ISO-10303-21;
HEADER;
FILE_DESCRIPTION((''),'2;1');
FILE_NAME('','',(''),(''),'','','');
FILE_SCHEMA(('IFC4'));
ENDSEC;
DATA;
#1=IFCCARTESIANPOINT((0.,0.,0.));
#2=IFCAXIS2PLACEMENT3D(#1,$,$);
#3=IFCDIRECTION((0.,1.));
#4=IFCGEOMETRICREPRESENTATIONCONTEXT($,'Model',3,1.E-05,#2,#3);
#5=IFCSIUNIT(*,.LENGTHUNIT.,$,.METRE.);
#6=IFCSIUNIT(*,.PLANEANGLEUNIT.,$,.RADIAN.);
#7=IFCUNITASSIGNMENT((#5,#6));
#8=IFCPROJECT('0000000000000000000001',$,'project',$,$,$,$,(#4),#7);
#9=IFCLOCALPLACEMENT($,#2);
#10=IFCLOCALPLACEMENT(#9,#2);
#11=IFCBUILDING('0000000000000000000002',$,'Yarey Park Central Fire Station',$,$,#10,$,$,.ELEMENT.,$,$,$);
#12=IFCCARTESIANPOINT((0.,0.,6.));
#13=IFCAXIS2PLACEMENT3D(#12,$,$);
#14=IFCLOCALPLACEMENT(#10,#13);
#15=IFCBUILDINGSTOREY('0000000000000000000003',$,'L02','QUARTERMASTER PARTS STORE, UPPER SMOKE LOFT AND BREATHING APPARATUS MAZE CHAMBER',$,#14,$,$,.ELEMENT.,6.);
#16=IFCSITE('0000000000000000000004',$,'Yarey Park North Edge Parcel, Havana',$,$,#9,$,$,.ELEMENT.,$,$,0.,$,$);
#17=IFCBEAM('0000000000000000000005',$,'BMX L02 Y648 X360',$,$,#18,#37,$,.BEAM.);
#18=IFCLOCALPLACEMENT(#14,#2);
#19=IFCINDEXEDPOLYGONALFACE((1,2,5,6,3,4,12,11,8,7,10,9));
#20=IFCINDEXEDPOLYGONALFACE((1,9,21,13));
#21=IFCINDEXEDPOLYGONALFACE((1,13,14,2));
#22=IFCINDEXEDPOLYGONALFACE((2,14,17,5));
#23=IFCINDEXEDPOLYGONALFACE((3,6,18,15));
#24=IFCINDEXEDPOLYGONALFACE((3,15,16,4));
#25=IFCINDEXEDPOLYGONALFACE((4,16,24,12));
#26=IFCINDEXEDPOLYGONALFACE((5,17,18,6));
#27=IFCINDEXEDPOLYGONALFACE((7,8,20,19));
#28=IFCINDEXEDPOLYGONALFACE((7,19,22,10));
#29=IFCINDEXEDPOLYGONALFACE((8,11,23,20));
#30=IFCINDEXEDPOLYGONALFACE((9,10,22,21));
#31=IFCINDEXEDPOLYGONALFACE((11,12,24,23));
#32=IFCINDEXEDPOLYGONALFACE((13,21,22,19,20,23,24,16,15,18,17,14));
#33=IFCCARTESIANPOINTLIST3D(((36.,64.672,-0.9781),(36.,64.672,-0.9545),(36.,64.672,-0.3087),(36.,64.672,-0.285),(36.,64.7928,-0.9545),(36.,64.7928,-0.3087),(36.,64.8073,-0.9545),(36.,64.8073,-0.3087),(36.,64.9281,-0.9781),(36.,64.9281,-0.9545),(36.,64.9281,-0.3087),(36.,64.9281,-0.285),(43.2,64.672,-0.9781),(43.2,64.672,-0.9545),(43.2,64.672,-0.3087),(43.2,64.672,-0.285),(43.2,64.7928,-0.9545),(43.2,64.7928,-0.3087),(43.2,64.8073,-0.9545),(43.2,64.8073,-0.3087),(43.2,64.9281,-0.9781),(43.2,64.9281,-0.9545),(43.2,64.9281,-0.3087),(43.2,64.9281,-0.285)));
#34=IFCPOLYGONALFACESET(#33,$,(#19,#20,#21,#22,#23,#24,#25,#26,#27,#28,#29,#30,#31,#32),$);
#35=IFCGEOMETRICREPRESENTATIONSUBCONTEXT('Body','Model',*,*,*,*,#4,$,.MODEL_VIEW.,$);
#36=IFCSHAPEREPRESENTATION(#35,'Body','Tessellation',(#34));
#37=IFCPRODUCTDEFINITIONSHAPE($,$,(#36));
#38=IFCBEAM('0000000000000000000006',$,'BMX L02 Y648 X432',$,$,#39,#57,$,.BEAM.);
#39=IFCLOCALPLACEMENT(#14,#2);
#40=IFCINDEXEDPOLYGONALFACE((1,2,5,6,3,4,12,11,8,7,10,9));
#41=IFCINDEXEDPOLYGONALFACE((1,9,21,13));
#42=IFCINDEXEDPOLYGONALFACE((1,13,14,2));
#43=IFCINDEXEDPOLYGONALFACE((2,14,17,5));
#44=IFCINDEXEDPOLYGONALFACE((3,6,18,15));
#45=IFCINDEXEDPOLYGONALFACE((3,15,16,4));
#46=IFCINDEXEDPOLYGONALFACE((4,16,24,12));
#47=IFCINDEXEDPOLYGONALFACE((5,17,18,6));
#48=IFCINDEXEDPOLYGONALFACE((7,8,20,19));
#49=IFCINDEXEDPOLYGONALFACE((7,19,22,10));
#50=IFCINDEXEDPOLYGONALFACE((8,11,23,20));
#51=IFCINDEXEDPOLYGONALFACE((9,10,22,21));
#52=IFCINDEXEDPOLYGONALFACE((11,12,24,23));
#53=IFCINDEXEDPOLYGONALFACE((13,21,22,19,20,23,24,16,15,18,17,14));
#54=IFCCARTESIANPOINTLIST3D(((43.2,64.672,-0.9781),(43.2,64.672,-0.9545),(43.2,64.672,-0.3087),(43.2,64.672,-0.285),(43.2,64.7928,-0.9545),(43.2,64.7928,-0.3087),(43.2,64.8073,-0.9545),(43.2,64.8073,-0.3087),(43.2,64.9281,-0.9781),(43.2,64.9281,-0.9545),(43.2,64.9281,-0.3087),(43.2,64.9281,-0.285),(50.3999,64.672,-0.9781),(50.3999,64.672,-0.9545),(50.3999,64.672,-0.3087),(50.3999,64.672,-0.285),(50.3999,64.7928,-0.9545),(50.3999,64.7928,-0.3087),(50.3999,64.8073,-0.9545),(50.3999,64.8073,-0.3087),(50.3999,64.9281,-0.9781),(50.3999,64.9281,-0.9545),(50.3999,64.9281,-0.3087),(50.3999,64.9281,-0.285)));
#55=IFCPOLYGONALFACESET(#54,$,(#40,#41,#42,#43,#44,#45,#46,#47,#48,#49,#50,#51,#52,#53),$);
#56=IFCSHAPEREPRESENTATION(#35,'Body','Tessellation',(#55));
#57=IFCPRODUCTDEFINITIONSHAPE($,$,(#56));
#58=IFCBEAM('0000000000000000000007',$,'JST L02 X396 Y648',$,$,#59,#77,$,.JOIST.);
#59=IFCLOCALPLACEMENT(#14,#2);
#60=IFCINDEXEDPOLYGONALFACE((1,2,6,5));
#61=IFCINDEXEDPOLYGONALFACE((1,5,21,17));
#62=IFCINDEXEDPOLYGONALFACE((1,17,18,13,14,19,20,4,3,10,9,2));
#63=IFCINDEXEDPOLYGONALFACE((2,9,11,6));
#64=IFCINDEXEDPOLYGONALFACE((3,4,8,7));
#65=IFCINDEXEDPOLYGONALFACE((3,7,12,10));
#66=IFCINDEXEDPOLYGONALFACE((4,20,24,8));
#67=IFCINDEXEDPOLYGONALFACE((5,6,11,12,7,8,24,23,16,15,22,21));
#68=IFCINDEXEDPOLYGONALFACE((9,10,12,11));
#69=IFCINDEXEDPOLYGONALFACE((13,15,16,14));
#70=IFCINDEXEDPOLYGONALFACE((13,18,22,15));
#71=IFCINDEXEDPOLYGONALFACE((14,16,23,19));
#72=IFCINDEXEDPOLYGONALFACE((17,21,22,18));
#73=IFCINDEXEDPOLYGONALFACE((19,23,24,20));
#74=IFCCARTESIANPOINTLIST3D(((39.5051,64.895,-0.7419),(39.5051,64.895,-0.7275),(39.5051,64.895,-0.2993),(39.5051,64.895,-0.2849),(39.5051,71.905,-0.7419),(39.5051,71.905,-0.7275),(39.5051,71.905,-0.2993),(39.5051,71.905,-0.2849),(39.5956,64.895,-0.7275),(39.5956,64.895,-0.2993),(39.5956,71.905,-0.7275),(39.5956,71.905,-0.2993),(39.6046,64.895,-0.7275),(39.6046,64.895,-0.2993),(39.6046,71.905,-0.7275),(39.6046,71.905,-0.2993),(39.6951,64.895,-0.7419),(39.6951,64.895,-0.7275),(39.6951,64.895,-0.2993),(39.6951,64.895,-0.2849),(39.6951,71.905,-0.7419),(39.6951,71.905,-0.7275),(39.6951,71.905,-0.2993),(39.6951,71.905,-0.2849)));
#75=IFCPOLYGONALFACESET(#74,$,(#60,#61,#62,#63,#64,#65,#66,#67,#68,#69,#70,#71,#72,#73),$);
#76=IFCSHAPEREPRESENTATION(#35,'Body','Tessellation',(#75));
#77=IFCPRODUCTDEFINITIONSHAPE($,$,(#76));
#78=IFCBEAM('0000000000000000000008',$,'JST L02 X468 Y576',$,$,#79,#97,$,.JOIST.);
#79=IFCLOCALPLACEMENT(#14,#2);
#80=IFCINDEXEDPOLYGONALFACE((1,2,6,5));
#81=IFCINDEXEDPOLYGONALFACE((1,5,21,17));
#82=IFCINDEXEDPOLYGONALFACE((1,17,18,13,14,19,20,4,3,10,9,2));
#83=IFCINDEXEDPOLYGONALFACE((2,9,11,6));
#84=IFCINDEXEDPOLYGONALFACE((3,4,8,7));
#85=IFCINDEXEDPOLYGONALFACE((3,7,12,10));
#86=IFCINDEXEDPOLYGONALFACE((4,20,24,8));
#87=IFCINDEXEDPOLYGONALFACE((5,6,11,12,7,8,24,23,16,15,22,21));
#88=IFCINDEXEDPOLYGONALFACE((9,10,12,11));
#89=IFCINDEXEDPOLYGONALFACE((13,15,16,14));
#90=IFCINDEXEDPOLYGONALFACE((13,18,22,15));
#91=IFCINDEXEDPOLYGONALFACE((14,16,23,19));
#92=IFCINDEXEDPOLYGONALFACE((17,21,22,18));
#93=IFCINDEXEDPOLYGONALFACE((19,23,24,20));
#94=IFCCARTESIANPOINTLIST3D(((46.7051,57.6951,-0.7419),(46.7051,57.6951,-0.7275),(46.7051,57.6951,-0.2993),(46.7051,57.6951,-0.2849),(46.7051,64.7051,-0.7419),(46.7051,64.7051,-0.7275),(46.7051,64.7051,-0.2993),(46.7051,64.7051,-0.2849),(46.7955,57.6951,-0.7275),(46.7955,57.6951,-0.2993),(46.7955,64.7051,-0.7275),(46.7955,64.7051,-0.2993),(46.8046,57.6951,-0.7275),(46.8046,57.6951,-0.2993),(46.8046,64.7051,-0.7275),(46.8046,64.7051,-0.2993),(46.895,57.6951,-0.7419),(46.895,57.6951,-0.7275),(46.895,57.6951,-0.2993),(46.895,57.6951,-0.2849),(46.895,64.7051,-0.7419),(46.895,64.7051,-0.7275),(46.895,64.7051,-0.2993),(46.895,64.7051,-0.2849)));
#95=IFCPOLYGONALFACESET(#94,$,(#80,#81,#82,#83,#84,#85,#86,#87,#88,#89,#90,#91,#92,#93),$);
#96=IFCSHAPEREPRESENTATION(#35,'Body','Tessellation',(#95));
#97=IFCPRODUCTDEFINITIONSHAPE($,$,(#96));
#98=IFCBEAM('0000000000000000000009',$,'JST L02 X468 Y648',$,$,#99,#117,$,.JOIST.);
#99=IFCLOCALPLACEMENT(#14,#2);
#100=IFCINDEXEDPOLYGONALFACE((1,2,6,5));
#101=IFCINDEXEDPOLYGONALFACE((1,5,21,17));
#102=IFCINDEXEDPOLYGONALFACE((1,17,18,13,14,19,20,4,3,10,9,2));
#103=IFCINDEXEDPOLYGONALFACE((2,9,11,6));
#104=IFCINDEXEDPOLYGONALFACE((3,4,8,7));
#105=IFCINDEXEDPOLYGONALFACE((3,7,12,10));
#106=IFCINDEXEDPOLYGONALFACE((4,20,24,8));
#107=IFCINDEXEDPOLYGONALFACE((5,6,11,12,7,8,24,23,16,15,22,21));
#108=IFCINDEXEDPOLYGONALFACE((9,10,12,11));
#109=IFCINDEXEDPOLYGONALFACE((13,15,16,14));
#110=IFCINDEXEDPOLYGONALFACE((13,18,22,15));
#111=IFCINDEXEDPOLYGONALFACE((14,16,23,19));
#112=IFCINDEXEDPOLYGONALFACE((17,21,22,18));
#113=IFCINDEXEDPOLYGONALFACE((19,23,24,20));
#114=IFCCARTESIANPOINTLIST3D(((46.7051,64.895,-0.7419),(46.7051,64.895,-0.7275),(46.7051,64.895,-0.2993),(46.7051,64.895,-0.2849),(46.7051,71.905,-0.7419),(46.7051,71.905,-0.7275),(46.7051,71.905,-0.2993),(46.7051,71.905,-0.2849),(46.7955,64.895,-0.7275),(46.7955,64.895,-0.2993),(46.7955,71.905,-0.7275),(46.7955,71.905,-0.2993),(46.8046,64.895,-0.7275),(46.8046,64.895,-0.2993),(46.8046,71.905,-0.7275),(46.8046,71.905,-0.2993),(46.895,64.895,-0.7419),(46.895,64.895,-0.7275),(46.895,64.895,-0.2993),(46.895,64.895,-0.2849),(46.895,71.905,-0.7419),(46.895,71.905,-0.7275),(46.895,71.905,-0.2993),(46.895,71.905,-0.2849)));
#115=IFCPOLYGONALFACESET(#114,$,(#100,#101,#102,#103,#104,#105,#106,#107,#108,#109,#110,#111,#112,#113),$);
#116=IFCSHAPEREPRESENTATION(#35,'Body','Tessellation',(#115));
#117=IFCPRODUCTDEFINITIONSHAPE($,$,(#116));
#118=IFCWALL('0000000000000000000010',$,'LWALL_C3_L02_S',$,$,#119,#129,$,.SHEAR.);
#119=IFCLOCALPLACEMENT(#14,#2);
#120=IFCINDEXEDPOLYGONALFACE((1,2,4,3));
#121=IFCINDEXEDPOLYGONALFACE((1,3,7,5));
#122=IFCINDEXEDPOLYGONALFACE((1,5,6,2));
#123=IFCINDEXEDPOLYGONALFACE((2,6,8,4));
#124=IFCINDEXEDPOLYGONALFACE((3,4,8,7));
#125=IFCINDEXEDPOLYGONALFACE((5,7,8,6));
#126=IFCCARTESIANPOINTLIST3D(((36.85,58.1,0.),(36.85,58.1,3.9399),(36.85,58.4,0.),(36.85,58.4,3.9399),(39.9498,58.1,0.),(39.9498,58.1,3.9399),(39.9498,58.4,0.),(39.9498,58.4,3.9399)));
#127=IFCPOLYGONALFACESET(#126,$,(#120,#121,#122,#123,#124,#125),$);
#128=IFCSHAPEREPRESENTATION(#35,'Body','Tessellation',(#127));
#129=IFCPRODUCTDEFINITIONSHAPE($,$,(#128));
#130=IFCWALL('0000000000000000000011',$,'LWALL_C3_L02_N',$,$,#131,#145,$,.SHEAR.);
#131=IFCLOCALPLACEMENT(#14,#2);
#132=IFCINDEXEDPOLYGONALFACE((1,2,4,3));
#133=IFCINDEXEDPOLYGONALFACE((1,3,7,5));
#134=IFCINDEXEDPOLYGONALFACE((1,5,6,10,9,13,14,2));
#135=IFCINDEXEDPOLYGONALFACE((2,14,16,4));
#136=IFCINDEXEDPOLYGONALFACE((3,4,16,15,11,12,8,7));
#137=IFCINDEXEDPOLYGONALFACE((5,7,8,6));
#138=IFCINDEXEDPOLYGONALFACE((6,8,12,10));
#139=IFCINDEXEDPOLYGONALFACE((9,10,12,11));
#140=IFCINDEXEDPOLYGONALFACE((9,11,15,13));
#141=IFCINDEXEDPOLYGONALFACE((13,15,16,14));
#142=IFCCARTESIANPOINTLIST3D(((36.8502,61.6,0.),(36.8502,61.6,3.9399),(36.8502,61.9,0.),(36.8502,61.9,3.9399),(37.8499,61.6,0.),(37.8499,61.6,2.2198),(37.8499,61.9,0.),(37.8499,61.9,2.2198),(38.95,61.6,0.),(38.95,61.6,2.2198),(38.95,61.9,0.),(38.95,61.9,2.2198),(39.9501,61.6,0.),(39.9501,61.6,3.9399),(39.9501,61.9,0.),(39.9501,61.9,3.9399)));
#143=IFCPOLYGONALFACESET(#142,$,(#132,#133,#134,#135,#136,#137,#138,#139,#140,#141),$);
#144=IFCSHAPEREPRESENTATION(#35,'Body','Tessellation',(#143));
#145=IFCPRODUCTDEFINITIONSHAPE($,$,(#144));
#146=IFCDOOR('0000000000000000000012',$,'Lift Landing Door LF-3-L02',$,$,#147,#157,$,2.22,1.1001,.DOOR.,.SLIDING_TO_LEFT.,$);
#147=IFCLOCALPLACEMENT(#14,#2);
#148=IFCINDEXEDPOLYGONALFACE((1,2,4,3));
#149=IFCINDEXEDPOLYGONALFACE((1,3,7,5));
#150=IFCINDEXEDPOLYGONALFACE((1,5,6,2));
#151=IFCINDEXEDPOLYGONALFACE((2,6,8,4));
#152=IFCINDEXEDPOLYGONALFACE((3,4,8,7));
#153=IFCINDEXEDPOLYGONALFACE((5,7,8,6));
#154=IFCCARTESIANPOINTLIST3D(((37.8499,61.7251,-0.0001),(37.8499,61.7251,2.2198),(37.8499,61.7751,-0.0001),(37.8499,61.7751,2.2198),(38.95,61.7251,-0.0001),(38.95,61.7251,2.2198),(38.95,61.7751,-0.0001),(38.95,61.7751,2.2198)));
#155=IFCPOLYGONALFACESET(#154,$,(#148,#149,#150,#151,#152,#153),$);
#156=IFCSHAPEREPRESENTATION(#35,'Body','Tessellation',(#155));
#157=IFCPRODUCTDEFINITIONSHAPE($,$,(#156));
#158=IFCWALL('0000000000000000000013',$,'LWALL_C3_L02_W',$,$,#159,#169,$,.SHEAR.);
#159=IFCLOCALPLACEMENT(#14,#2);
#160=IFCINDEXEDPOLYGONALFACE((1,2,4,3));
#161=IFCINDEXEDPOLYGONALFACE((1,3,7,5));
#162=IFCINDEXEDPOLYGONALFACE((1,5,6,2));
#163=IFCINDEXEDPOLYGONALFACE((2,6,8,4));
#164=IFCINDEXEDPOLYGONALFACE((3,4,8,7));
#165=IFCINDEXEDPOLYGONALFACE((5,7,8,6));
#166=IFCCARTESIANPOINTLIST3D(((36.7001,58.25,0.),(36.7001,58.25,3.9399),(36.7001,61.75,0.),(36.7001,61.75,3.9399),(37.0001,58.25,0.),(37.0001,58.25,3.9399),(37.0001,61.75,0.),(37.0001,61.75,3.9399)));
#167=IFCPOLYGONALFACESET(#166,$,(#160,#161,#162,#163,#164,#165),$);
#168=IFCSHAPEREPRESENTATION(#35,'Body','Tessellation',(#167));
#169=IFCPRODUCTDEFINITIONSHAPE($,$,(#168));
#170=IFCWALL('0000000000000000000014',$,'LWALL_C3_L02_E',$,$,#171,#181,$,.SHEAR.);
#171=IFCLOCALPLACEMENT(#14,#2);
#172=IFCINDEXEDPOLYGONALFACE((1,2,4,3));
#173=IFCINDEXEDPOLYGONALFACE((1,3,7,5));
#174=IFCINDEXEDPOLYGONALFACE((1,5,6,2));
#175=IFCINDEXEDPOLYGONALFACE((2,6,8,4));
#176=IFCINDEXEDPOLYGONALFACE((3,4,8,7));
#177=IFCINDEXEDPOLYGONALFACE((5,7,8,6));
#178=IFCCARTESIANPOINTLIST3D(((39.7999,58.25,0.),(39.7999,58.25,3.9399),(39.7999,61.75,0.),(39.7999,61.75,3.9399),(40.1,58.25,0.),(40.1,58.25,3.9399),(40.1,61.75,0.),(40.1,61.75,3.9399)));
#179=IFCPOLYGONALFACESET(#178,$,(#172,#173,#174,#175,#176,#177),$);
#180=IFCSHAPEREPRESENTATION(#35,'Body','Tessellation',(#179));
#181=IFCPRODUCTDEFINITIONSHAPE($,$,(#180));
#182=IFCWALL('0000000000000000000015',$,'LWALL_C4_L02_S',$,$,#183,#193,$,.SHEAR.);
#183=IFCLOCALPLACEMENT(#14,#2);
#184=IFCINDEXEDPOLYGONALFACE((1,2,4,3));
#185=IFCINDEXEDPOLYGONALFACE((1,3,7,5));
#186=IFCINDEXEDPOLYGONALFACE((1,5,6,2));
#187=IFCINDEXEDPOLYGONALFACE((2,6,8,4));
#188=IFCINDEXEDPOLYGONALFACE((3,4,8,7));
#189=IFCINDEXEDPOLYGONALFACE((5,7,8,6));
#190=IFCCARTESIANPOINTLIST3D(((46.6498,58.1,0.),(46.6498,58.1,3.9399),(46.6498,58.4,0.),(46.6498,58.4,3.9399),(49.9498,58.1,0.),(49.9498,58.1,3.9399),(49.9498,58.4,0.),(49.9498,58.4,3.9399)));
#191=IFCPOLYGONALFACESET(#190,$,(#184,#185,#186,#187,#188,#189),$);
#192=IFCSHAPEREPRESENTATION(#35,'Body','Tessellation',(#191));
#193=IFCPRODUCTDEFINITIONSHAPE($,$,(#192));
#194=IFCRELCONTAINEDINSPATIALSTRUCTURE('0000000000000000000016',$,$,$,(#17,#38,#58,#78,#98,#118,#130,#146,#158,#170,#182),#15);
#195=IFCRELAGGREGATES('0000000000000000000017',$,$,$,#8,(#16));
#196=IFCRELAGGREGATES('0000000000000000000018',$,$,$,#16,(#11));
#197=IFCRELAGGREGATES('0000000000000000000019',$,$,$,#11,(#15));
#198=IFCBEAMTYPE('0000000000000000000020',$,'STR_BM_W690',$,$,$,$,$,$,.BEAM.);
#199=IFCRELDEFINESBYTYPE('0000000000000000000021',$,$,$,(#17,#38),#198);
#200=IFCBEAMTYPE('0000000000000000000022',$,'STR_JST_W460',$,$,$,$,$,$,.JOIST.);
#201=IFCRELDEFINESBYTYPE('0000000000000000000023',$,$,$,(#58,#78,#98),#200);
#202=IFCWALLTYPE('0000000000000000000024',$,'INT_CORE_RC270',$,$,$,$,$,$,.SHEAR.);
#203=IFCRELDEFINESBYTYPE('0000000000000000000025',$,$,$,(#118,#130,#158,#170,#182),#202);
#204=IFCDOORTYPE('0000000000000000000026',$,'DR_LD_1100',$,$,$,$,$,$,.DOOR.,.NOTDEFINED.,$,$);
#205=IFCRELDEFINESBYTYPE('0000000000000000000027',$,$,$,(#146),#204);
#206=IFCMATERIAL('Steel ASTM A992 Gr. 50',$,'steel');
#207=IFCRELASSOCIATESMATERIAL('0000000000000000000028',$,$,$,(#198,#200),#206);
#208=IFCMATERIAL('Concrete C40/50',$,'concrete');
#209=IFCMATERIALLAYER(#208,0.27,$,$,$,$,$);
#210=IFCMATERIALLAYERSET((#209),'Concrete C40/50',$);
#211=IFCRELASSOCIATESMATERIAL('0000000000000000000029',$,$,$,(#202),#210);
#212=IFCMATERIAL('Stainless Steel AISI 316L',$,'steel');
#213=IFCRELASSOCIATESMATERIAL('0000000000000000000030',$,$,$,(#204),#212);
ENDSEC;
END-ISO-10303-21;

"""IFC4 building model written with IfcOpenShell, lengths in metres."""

from ifc_helpers import new_model, si_unit, direction, frame, frame_2d, origin, origin_2d, place, context, subcontext, project, spatial, rectangle, i_section, extrude, material, layer, layer_set, material_profile, profile_set, type_object, element, fill, save


model = new_model("IFC4")

# Units and contexts
model_context = context("Model", 3, precision=1e-05, world=origin(), true_north=direction((0.0, 1.0)))
body_context = subcontext(model_context, "Body", "Model", "MODEL_VIEW")
ifc_project = project(units=[si_unit("LENGTHUNIT", "METRE"), si_unit("PLANEANGLEUNIT", "RADIAN")], contexts=[model_context])

# Site, building, storey
site_placement = place(None, origin())
site = spatial("IfcSite", under=ifc_project, at=site_placement, Name="Yarey Park North Edge Parcel, Havana", CompositionType="ELEMENT", RefElevation=0.0)
building_placement = place(site_placement, origin())
building = spatial("IfcBuilding", under=site, at=building_placement, Name="Yarey Park Central Fire Station", CompositionType="ELEMENT")
storey_placement = place(building_placement, frame((0.0, 0.0, 6.0)))
storey = spatial("IfcBuildingStorey", under=building, at=storey_placement, Name="L02", Description="QUARTERMASTER PARTS STORE, UPPER SMOKE LOFT AND BREATHING APPARATUS MAZE CHAMBER", CompositionType="ELEMENT", Elevation=6.0)

# Shared definitions
ifc_material_1 = material(Name="Steel ASTM A992 Gr. 50", Category="steel")

# Beams
ifc_material_profile_1 = material_profile(ifc_material_1, i_section(OverallWidth=0.2561, OverallDepth=0.6931, WebThickness=0.0144, FlangeThickness=0.0237, at=origin_2d()), Name="W690x170")
ifc_profile_set_1 = profile_set([ifc_material_profile_1], Name="Steel ASTM A992 Gr. 50")
beam_type_1 = type_object("IfcBeamType", Name="STR_BM_W690", PredefinedType="BEAM", material=ifc_profile_set_1)
for number, where, z_axis, x_axis, name in (
    (1, (36.0, 64.8, -0.6316), (1.0, 0.0, 0.0), (0.0, 1.0, 0.0), "BMX L02 Y648 X360"),
    (2, (43.2, 64.8, -0.6316), (1.0, 0.0, 0.0), (0.0, 1.0, 0.0), "BMX L02 Y648 X432"),
):
    element("IfcBeam", number, at=place(storey_placement, frame(where, z_axis=z_axis, x_axis=x_axis)), inside=storey, type_object=beam_type_1, Name=name, PredefinedType="BEAM", context=body_context, shape_type="SweptSolid", body=[
        extrude(i_section(OverallWidth=0.2561, OverallDepth=0.6931, WebThickness=0.0144, FlangeThickness=0.0237, at=origin_2d()), origin(), (0.0, 0.0, 1.0), 7.2),
    ])
ifc_material_profile_2 = material_profile(ifc_material_1, i_section(OverallWidth=0.1899, OverallDepth=0.457, WebThickness=0.009, FlangeThickness=0.0144, at=origin_2d()), Name="W460x74")
ifc_profile_set_2 = profile_set([ifc_material_profile_2], Name="Steel ASTM A992 Gr. 50")
beam_type_2 = type_object("IfcBeamType", Name="STR_JST_W460", PredefinedType="JOIST", material=ifc_profile_set_2)
for number, where, z_axis, x_axis, name in (
    (3, (39.6001, 64.895, -0.5134), (0.0, 1.0, 0.0), (-1.0, 0.0, 0.0), "JST L02 X396 Y648"),
    (4, (46.8, 57.6951, -0.5134), (0.0, 1.0, 0.0), (-1.0, 0.0, 0.0), "JST L02 X468 Y576"),
    (5, (46.8, 64.895, -0.5134), (0.0, 1.0, 0.0), (-1.0, 0.0, 0.0), "JST L02 X468 Y648"),
):
    element("IfcBeam", number, at=place(storey_placement, frame(where, z_axis=z_axis, x_axis=x_axis)), inside=storey, type_object=beam_type_2, Name=name, PredefinedType="JOIST", context=body_context, shape_type="SweptSolid", body=[
        extrude(i_section(OverallWidth=0.1899, OverallDepth=0.457, WebThickness=0.009, FlangeThickness=0.0144, at=origin_2d()), origin(), (0.0, 0.0, 1.0), 7.01),
    ])

# Wall
ifc_material_2 = material(Name="Concrete C40/50", Category="concrete")
ifc_layer_1 = layer(ifc_material_2, 0.27)
ifc_layer_set_1 = layer_set([ifc_layer_1], Name="Concrete C40/50")
wall_type_1 = type_object("IfcWallType", Name="INT_CORE_RC270", PredefinedType="SHEAR", material=ifc_layer_set_1)
wall_1_placement = place(storey_placement, frame((36.8501, 58.25, 0.0), z_axis=(0.0, 0.0, 1.0), x_axis=(1.0, 0.0, 0.0)))
element("IfcWall", 6, at=wall_1_placement, inside=storey, type_object=wall_type_1, Name="LWALL_C3_L02_S", PredefinedType="SHEAR", context=body_context, shape_type="SweptSolid", body=[
    extrude(rectangle(XDim=3.0999, YDim=0.3, at=frame_2d((1.5498, 0.0))), origin(), (0.0, 0.0, 1.0), 3.9399),
])

# Wall, opening, door
wall_2_placement = place(storey_placement, frame((39.95, 61.75, 0.0), z_axis=(0.0, 0.0, 1.0), x_axis=(-1.0, 0.0, 0.0)))
wall_2 = element("IfcWall", 7, at=wall_2_placement, inside=storey, type_object=wall_type_1, Name="LWALL_C3_L02_N", PredefinedType="SHEAR", context=body_context, shape_type="SweptSolid", body=[
    extrude(rectangle(XDim=3.0999, YDim=0.3, at=frame_2d((1.5498, 0.0))), origin(), (0.0, 0.0, 1.0), 3.9399),
])
opening_1_placement = place(wall_2_placement, frame((1.0, 0.0, 0.0)))
opening_1 = element("IfcOpeningElement", 8, at=opening_1_placement, cuts=wall_2, PredefinedType="OPENING", context=body_context, shape_type="SweptSolid", body=[
    extrude(rectangle(XDim=1.1001, YDim=2.22, at=frame_2d((0.55, 1.1099))), frame((0.0, 0.1599, 0.0), z_axis=(0.0, -1.0, 0.0), x_axis=(1.0, 0.0, 0.0)), (0.0, 0.0, 1.0), 0.3201),
])
ifc_material_3 = material(Name="Stainless Steel AISI 316L", Category="steel")
door_type_1 = type_object("IfcDoorType", Name="DR_LD_1100", OperationType="NOTDEFINED", PredefinedType="DOOR", material=ifc_material_3)
door_1_placement = place(opening_1_placement, origin())
door_1 = element("IfcDoor", 9, at=door_1_placement, inside=storey, type_object=door_type_1, Name="Lift Landing Door LF-3-L02", OperationType="SLIDING_TO_LEFT", OverallHeight=2.22, OverallWidth=1.1001, PredefinedType="DOOR", context=body_context, shape_type="SweptSolid", body=[
    extrude(rectangle(XDim=1.1001, YDim=2.22, at=frame_2d((0.55, 1.1099))), frame((0.0, 0.0249, 0.0), z_axis=(0.0, -1.0, 0.0), x_axis=(1.0, 0.0, 0.0)), (0.0, 0.0, 1.0), 0.05),
])
fill(opening_1, door_1)

# Walls
for number, where, z_axis, x_axis, name in (
    (10, (36.8501, 61.75, 0.0), (0.0, 0.0, 1.0), (0.0, -1.0, 0.0), "LWALL_C3_L02_W"),
    (11, (39.95, 58.25, 0.0), (0.0, 0.0, 1.0), (0.0, 1.0, 0.0), "LWALL_C3_L02_E"),
):
    element("IfcWall", number, at=place(storey_placement, frame(where, z_axis=z_axis, x_axis=x_axis)), inside=storey, type_object=wall_type_1, Name=name, PredefinedType="SHEAR", context=body_context, shape_type="SweptSolid", body=[
        extrude(rectangle(XDim=3.5, YDim=0.3, at=frame_2d((1.75, 0.0))), origin(), (0.0, 0.0, 1.0), 3.9399),
    ])
wall_3_placement = place(storey_placement, frame((46.6499, 58.25, 0.0), z_axis=(0.0, 0.0, 1.0), x_axis=(1.0, 0.0, 0.0)))
element("IfcWall", 12, at=wall_3_placement, inside=storey, type_object=wall_type_1, Name="LWALL_C4_L02_S", PredefinedType="SHEAR", context=body_context, shape_type="SweptSolid", body=[
    extrude(rectangle(XDim=3.3, YDim=0.3, at=frame_2d((1.6499, 0.0))), origin(), (0.0, 0.0, 1.0), 3.9399),
])

save(model, "model.ifc")
